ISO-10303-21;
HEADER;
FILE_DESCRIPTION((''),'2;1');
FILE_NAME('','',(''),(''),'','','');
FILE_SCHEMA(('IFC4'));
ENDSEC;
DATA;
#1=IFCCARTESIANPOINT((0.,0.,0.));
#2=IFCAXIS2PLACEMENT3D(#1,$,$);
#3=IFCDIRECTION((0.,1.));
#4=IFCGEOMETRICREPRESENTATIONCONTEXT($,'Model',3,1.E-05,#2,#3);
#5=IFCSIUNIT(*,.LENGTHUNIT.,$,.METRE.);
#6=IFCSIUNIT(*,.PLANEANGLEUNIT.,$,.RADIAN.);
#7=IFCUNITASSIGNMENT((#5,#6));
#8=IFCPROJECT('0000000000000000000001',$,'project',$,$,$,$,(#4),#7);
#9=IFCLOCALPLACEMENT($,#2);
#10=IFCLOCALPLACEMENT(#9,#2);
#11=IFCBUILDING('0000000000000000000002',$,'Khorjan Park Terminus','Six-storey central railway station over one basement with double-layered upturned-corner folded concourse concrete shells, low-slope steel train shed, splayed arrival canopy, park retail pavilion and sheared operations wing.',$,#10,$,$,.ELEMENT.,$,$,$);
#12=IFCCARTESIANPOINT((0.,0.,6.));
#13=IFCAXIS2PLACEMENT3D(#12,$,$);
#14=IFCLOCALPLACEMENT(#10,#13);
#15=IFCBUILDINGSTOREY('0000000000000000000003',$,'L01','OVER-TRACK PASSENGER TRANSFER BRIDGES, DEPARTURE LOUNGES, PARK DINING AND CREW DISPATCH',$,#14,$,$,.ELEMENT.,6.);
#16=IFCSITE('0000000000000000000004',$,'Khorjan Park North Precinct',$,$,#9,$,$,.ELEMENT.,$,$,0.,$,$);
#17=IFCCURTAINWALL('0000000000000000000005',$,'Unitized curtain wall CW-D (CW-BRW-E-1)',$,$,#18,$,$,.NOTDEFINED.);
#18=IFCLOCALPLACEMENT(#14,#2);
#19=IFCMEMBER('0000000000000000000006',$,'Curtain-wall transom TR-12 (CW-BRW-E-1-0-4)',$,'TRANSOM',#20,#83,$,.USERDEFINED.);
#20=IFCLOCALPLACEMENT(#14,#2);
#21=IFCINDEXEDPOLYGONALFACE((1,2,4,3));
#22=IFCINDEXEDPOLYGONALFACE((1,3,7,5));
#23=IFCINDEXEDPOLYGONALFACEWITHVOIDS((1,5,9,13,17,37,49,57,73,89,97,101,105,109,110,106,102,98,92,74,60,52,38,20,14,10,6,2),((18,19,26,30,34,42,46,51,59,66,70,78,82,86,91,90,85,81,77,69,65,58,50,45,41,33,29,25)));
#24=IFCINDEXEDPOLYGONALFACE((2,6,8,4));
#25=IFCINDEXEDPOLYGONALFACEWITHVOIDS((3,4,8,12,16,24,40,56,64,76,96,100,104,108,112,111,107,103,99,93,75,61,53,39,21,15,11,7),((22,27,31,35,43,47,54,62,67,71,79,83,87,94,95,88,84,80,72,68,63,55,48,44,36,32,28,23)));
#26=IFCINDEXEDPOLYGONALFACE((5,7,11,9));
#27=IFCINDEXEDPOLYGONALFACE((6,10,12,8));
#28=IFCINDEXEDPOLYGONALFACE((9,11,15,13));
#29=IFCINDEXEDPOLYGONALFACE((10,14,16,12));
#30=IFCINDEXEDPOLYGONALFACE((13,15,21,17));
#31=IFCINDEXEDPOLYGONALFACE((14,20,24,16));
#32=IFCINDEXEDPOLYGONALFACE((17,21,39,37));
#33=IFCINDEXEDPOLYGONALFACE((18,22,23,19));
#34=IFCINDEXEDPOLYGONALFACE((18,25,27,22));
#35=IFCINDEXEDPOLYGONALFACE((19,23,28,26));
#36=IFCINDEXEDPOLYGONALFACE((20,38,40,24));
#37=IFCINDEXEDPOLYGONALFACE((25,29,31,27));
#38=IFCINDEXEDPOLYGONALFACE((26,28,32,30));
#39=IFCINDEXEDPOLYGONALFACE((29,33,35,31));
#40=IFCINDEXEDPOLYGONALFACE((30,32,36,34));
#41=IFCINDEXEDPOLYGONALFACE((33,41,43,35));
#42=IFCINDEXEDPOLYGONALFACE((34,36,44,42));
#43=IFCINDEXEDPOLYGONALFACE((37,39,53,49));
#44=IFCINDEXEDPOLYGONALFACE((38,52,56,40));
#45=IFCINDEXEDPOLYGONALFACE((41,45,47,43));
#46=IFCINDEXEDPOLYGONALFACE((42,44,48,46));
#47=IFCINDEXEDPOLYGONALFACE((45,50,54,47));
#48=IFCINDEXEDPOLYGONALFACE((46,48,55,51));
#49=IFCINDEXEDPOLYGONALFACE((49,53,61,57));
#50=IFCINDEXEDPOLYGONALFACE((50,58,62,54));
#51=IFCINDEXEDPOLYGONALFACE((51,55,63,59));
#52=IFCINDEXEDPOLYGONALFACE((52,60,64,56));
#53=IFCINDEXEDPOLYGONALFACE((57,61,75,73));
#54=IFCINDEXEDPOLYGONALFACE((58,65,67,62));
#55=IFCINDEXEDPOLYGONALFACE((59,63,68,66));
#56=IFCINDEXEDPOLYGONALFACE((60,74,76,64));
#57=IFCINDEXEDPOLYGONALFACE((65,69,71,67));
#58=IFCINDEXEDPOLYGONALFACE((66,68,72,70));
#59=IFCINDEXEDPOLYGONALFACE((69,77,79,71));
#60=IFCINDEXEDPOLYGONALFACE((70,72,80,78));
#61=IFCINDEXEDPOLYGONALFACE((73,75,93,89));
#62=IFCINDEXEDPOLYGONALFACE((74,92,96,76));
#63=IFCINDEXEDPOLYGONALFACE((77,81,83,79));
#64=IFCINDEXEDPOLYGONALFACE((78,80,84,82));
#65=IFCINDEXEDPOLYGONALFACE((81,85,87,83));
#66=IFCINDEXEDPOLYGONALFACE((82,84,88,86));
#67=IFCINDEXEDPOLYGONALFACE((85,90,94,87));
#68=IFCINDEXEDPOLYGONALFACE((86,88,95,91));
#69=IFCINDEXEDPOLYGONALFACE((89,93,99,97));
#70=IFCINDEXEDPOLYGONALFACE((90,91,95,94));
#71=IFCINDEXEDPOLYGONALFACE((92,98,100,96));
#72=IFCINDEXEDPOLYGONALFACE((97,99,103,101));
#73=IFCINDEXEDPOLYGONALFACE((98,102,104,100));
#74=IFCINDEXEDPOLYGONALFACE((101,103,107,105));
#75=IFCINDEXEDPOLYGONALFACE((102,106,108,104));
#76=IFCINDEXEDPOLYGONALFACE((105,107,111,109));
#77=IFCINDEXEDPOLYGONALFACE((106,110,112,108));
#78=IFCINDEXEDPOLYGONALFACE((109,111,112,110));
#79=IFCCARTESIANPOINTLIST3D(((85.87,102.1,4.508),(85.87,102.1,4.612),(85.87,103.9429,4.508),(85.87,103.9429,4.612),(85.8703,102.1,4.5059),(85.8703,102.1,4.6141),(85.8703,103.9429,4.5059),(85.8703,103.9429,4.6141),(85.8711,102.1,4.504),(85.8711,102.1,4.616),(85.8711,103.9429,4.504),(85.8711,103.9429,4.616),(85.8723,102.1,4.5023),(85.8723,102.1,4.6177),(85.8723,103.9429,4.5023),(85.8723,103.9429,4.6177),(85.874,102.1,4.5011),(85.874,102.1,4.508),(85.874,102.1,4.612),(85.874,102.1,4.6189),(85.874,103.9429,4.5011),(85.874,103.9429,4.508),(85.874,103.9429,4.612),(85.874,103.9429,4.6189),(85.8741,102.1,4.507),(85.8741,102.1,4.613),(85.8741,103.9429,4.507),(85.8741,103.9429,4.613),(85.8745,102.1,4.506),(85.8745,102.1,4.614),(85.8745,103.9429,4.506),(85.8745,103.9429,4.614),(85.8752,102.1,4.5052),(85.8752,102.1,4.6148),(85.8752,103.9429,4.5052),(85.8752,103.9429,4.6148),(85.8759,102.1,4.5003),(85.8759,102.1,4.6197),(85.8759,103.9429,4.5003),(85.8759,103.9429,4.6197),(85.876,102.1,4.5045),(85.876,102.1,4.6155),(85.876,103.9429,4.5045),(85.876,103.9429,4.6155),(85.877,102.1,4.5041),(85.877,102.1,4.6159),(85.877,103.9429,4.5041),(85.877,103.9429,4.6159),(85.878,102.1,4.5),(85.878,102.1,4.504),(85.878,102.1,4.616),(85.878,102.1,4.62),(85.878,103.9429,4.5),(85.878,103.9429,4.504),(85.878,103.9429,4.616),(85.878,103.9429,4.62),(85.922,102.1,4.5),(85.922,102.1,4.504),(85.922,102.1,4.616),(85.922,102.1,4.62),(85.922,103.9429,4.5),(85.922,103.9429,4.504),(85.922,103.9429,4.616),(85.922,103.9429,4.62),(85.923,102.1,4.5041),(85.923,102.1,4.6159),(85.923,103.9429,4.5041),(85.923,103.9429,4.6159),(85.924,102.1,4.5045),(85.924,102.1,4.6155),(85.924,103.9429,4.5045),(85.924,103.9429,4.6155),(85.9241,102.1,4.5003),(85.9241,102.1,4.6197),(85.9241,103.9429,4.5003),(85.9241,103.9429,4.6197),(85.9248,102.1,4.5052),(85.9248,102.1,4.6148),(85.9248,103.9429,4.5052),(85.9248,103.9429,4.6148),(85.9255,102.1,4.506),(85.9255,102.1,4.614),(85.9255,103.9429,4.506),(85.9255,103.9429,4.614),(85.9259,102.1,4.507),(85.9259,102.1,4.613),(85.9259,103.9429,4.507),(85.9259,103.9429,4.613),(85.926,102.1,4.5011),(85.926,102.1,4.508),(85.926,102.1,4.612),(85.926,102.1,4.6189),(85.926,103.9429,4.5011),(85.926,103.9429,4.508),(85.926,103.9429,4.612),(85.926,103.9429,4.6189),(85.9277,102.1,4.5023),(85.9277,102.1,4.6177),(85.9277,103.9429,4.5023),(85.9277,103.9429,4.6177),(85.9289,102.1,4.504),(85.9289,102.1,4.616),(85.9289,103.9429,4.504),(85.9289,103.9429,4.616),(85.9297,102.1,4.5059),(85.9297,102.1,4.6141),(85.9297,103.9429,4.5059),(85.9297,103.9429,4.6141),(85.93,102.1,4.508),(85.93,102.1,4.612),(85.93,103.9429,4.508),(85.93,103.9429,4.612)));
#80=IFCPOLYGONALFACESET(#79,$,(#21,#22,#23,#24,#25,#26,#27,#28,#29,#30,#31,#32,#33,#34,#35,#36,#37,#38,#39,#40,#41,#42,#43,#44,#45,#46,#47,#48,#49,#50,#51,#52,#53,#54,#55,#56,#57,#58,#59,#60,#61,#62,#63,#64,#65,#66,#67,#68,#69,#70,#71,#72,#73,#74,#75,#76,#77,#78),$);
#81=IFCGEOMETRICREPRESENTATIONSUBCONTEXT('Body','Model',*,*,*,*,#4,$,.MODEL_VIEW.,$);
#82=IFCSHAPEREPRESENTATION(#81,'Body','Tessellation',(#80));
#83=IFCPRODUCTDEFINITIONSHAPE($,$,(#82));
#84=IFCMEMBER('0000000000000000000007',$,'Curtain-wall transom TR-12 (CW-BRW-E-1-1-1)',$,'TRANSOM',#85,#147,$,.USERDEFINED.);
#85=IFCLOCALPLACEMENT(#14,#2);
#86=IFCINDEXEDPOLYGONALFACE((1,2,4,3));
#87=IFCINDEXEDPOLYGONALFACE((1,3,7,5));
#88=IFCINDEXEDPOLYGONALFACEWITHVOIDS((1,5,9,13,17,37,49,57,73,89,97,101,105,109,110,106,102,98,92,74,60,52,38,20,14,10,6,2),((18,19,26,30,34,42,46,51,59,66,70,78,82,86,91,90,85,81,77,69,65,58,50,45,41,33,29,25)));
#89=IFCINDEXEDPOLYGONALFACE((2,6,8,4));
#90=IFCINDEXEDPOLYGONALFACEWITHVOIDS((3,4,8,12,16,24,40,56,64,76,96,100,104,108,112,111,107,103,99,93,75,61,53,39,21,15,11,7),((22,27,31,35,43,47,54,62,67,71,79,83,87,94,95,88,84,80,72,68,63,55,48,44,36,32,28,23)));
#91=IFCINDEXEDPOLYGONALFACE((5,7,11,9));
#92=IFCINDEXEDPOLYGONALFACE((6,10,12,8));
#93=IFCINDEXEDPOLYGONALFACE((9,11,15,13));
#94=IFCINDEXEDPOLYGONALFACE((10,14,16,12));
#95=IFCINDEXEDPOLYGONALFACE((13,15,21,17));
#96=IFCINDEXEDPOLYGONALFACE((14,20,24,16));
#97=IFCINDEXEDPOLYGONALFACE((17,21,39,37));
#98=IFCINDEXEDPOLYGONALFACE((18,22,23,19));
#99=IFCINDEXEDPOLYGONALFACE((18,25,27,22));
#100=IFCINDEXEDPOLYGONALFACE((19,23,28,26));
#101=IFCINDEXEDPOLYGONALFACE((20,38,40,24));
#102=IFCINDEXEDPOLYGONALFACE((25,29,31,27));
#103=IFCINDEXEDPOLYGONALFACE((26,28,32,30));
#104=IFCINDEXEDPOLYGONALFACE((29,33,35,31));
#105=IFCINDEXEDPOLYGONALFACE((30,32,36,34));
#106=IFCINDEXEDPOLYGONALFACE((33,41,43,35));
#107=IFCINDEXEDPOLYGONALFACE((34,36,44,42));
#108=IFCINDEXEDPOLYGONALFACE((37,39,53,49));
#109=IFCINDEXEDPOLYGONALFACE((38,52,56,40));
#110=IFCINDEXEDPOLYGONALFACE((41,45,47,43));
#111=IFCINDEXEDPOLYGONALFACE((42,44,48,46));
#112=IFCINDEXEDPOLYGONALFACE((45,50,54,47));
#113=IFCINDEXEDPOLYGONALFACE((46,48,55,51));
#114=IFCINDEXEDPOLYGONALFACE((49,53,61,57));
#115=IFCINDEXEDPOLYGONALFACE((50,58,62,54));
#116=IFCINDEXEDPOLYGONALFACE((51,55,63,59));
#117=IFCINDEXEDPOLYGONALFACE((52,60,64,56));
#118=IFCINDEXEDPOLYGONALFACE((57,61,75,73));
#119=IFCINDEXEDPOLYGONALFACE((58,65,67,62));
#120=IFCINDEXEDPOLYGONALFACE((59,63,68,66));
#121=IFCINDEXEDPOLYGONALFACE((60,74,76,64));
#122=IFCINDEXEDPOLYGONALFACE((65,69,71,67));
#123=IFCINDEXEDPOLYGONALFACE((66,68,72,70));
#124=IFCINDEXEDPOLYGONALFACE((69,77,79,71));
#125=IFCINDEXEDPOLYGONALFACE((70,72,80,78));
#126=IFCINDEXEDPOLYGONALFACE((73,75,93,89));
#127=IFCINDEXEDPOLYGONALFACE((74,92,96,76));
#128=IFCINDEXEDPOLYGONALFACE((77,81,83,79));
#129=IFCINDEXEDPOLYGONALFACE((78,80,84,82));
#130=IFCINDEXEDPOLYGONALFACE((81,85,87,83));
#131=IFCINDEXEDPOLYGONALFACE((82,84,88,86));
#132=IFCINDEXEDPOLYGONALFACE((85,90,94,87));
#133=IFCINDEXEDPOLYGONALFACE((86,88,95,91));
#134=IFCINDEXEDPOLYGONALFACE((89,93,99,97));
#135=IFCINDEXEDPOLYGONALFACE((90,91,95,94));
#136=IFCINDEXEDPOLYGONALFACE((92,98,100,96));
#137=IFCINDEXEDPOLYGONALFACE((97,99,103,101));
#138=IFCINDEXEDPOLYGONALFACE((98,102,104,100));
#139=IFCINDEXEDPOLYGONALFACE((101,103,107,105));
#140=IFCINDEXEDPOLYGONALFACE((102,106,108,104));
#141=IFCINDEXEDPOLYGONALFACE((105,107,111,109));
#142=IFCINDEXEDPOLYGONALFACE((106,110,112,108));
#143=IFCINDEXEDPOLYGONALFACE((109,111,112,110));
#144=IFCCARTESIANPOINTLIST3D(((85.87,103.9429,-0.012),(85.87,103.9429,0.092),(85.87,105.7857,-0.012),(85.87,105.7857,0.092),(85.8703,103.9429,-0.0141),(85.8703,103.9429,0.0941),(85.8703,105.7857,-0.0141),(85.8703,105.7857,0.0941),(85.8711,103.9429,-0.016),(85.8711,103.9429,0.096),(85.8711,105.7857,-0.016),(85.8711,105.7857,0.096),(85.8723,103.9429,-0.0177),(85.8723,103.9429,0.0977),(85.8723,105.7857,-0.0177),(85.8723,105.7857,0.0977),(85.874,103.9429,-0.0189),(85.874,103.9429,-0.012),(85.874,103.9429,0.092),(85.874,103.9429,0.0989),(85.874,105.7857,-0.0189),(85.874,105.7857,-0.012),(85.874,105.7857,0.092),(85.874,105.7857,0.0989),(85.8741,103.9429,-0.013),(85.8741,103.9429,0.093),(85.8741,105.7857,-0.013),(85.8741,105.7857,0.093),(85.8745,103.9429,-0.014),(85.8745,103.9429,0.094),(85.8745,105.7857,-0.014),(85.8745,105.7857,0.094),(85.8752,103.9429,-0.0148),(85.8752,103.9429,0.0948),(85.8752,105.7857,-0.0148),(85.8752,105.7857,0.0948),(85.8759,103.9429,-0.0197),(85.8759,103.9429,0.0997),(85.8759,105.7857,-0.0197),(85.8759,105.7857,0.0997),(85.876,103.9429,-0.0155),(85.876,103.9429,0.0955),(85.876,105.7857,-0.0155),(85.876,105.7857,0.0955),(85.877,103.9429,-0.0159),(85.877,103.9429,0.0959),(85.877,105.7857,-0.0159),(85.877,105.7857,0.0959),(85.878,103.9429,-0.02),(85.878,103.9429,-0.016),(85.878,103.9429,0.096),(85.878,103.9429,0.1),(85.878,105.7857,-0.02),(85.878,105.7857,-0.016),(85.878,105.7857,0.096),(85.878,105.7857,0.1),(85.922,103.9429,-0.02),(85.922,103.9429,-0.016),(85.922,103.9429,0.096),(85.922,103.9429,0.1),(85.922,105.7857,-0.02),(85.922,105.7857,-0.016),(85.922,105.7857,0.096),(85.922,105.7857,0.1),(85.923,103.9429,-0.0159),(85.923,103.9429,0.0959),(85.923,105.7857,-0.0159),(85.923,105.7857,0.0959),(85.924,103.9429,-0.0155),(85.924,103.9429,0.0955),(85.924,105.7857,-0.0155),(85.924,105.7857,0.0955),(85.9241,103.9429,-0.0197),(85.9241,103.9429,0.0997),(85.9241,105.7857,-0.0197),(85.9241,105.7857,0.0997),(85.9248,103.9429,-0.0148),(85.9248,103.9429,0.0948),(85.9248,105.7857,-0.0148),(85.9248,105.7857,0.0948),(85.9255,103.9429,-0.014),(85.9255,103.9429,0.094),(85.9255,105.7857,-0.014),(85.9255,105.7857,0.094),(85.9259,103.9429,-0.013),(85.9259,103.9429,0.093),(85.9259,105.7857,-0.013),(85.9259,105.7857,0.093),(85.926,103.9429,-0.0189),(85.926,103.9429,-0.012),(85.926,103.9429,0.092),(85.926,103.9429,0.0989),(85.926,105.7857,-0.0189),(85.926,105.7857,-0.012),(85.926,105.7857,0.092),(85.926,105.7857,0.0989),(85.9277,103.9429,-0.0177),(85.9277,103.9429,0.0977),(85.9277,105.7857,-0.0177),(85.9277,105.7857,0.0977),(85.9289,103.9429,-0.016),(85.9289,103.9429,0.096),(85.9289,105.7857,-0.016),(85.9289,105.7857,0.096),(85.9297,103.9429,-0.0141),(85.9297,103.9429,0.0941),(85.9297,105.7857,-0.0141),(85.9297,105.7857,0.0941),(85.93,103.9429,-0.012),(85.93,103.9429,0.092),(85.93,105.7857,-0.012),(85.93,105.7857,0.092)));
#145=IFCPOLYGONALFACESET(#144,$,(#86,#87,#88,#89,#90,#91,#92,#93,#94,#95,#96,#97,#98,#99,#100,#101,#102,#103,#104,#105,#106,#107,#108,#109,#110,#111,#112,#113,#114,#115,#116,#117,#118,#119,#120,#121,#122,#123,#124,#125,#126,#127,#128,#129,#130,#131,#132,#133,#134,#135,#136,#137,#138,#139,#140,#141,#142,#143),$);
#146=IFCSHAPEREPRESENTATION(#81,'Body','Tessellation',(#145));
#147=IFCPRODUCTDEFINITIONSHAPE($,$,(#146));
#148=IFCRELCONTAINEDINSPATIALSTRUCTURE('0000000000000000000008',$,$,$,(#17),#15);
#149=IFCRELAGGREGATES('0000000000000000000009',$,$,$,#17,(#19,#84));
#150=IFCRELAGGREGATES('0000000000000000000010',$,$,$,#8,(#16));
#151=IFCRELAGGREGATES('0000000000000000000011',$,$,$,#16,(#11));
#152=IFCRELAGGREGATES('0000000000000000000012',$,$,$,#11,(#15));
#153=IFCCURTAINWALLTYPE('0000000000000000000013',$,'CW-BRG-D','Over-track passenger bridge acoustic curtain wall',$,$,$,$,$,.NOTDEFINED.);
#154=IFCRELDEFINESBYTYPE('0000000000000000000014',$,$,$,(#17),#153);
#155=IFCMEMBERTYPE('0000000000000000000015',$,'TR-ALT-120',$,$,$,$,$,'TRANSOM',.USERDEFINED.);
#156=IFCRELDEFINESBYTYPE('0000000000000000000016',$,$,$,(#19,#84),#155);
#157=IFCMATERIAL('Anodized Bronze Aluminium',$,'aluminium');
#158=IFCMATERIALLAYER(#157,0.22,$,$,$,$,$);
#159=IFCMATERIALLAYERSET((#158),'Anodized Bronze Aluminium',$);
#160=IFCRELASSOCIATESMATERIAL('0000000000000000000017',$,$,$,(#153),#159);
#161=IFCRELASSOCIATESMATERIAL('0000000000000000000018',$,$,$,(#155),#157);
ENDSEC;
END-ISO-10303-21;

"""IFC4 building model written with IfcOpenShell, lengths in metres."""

from ifc_helpers import new_model, si_unit, direction, frame, origin, origin_2d, place, context, subcontext, project, spatial, hollow_rectangle, extrude, material, layer, layer_set, material_profile, profile_set, type_object, element, aggregate, save


model = new_model("IFC4")

# Units and contexts
model_context = context("Model", 3, precision=1e-05, world=origin(), true_north=direction((0.0, 1.0)))
body_context = subcontext(model_context, "Body", "Model", "MODEL_VIEW")
ifc_project = project(units=[si_unit("LENGTHUNIT", "METRE"), si_unit("PLANEANGLEUNIT", "RADIAN")], contexts=[model_context])

# Site, building, storey
site_placement = place(None, origin())
site = spatial("IfcSite", under=ifc_project, at=site_placement, Name="Khorjan Park North Precinct", CompositionType="ELEMENT", RefElevation=0.0)
building_placement = place(site_placement, origin())
building = spatial("IfcBuilding", under=site, at=building_placement, Name="Khorjan Park Terminus", Description="Six-storey central railway station over one basement with double-layered upturned-corner folded concourse concrete shells, low-slope steel train shed, splayed arrival canopy, park retail pavilion and sheared operations wing.", CompositionType="ELEMENT")
storey_placement = place(building_placement, frame((0.0, 0.0, 6.0)))
storey = spatial("IfcBuildingStorey", under=building, at=storey_placement, Name="L01", Description="OVER-TRACK PASSENGER TRANSFER BRIDGES, DEPARTURE LOUNGES, PARK DINING AND CREW DISPATCH", CompositionType="ELEMENT", Elevation=6.0)

# Curtain wall
ifc_material_1 = material(Name="Anodized Bronze Aluminium", Category="aluminium")
ifc_layer_1 = layer(ifc_material_1, 0.22)
ifc_layer_set_1 = layer_set([ifc_layer_1], Name="Anodized Bronze Aluminium")
curtain_wall_type = type_object("IfcCurtainWallType", Name="CW-BRG-D", Description="Over-track passenger bridge acoustic curtain wall", PredefinedType="NOTDEFINED", material=ifc_layer_set_1)
curtain_wall_1_placement = place(storey_placement, origin())
curtain_wall_1 = element("IfcCurtainWall", 1, at=curtain_wall_1_placement, inside=storey, type_object=curtain_wall_type, Name="Unitized curtain wall CW-D (CW-BRW-E-1)", PredefinedType="NOTDEFINED")

# Members
ifc_material_profile_1 = material_profile(ifc_material_1, hollow_rectangle(XDim=0.06, YDim=0.12, WallThickness=0.004, InnerFilletRadius=0.004, OuterFilletRadius=0.008, at=origin_2d()), Name="ALT 60x120x4")
ifc_profile_set_1 = profile_set([ifc_material_profile_1], Name="Anodized Bronze Aluminium")
member_type_1 = type_object("IfcMemberType", Name="TR-ALT-120", ElementType="TRANSOM", PredefinedType="USERDEFINED", material=ifc_profile_set_1)
member_1_placement = place(storey_placement, frame((85.9, 102.1, 4.56), z_axis=(0.0, 1.0, 0.0), x_axis=(-1.0, 0.0, 0.0)))
member_1 = element("IfcMember", 2, at=member_1_placement, type_object=member_type_1, Name="Curtain-wall transom TR-12 (CW-BRW-E-1-0-4)", ObjectType="TRANSOM", PredefinedType="USERDEFINED", context=body_context, shape_type="SweptSolid", body=[
    extrude(hollow_rectangle(XDim=0.06, YDim=0.12, WallThickness=0.004, InnerFilletRadius=0.004, OuterFilletRadius=0.008, at=origin_2d()), origin(), (0.0, 0.0, 1.0), 1.8429),
])
member_2_placement = place(storey_placement, frame((85.9, 103.9429, 0.04), z_axis=(0.0, 1.0, 0.0), x_axis=(-1.0, 0.0, 0.0)))
member_2 = element("IfcMember", 3, at=member_2_placement, type_object=member_type_1, Name="Curtain-wall transom TR-12 (CW-BRW-E-1-1-1)", ObjectType="TRANSOM", PredefinedType="USERDEFINED", context=body_context, shape_type="SweptSolid", body=[
    extrude(hollow_rectangle(XDim=0.06, YDim=0.12, WallThickness=0.004, InnerFilletRadius=0.004, OuterFilletRadius=0.008, at=origin_2d()), origin(), (0.0, 0.0, 1.0), 1.8428),
])

aggregate(curtain_wall_1, [member_1, member_2])

save(model, "model.ifc")
